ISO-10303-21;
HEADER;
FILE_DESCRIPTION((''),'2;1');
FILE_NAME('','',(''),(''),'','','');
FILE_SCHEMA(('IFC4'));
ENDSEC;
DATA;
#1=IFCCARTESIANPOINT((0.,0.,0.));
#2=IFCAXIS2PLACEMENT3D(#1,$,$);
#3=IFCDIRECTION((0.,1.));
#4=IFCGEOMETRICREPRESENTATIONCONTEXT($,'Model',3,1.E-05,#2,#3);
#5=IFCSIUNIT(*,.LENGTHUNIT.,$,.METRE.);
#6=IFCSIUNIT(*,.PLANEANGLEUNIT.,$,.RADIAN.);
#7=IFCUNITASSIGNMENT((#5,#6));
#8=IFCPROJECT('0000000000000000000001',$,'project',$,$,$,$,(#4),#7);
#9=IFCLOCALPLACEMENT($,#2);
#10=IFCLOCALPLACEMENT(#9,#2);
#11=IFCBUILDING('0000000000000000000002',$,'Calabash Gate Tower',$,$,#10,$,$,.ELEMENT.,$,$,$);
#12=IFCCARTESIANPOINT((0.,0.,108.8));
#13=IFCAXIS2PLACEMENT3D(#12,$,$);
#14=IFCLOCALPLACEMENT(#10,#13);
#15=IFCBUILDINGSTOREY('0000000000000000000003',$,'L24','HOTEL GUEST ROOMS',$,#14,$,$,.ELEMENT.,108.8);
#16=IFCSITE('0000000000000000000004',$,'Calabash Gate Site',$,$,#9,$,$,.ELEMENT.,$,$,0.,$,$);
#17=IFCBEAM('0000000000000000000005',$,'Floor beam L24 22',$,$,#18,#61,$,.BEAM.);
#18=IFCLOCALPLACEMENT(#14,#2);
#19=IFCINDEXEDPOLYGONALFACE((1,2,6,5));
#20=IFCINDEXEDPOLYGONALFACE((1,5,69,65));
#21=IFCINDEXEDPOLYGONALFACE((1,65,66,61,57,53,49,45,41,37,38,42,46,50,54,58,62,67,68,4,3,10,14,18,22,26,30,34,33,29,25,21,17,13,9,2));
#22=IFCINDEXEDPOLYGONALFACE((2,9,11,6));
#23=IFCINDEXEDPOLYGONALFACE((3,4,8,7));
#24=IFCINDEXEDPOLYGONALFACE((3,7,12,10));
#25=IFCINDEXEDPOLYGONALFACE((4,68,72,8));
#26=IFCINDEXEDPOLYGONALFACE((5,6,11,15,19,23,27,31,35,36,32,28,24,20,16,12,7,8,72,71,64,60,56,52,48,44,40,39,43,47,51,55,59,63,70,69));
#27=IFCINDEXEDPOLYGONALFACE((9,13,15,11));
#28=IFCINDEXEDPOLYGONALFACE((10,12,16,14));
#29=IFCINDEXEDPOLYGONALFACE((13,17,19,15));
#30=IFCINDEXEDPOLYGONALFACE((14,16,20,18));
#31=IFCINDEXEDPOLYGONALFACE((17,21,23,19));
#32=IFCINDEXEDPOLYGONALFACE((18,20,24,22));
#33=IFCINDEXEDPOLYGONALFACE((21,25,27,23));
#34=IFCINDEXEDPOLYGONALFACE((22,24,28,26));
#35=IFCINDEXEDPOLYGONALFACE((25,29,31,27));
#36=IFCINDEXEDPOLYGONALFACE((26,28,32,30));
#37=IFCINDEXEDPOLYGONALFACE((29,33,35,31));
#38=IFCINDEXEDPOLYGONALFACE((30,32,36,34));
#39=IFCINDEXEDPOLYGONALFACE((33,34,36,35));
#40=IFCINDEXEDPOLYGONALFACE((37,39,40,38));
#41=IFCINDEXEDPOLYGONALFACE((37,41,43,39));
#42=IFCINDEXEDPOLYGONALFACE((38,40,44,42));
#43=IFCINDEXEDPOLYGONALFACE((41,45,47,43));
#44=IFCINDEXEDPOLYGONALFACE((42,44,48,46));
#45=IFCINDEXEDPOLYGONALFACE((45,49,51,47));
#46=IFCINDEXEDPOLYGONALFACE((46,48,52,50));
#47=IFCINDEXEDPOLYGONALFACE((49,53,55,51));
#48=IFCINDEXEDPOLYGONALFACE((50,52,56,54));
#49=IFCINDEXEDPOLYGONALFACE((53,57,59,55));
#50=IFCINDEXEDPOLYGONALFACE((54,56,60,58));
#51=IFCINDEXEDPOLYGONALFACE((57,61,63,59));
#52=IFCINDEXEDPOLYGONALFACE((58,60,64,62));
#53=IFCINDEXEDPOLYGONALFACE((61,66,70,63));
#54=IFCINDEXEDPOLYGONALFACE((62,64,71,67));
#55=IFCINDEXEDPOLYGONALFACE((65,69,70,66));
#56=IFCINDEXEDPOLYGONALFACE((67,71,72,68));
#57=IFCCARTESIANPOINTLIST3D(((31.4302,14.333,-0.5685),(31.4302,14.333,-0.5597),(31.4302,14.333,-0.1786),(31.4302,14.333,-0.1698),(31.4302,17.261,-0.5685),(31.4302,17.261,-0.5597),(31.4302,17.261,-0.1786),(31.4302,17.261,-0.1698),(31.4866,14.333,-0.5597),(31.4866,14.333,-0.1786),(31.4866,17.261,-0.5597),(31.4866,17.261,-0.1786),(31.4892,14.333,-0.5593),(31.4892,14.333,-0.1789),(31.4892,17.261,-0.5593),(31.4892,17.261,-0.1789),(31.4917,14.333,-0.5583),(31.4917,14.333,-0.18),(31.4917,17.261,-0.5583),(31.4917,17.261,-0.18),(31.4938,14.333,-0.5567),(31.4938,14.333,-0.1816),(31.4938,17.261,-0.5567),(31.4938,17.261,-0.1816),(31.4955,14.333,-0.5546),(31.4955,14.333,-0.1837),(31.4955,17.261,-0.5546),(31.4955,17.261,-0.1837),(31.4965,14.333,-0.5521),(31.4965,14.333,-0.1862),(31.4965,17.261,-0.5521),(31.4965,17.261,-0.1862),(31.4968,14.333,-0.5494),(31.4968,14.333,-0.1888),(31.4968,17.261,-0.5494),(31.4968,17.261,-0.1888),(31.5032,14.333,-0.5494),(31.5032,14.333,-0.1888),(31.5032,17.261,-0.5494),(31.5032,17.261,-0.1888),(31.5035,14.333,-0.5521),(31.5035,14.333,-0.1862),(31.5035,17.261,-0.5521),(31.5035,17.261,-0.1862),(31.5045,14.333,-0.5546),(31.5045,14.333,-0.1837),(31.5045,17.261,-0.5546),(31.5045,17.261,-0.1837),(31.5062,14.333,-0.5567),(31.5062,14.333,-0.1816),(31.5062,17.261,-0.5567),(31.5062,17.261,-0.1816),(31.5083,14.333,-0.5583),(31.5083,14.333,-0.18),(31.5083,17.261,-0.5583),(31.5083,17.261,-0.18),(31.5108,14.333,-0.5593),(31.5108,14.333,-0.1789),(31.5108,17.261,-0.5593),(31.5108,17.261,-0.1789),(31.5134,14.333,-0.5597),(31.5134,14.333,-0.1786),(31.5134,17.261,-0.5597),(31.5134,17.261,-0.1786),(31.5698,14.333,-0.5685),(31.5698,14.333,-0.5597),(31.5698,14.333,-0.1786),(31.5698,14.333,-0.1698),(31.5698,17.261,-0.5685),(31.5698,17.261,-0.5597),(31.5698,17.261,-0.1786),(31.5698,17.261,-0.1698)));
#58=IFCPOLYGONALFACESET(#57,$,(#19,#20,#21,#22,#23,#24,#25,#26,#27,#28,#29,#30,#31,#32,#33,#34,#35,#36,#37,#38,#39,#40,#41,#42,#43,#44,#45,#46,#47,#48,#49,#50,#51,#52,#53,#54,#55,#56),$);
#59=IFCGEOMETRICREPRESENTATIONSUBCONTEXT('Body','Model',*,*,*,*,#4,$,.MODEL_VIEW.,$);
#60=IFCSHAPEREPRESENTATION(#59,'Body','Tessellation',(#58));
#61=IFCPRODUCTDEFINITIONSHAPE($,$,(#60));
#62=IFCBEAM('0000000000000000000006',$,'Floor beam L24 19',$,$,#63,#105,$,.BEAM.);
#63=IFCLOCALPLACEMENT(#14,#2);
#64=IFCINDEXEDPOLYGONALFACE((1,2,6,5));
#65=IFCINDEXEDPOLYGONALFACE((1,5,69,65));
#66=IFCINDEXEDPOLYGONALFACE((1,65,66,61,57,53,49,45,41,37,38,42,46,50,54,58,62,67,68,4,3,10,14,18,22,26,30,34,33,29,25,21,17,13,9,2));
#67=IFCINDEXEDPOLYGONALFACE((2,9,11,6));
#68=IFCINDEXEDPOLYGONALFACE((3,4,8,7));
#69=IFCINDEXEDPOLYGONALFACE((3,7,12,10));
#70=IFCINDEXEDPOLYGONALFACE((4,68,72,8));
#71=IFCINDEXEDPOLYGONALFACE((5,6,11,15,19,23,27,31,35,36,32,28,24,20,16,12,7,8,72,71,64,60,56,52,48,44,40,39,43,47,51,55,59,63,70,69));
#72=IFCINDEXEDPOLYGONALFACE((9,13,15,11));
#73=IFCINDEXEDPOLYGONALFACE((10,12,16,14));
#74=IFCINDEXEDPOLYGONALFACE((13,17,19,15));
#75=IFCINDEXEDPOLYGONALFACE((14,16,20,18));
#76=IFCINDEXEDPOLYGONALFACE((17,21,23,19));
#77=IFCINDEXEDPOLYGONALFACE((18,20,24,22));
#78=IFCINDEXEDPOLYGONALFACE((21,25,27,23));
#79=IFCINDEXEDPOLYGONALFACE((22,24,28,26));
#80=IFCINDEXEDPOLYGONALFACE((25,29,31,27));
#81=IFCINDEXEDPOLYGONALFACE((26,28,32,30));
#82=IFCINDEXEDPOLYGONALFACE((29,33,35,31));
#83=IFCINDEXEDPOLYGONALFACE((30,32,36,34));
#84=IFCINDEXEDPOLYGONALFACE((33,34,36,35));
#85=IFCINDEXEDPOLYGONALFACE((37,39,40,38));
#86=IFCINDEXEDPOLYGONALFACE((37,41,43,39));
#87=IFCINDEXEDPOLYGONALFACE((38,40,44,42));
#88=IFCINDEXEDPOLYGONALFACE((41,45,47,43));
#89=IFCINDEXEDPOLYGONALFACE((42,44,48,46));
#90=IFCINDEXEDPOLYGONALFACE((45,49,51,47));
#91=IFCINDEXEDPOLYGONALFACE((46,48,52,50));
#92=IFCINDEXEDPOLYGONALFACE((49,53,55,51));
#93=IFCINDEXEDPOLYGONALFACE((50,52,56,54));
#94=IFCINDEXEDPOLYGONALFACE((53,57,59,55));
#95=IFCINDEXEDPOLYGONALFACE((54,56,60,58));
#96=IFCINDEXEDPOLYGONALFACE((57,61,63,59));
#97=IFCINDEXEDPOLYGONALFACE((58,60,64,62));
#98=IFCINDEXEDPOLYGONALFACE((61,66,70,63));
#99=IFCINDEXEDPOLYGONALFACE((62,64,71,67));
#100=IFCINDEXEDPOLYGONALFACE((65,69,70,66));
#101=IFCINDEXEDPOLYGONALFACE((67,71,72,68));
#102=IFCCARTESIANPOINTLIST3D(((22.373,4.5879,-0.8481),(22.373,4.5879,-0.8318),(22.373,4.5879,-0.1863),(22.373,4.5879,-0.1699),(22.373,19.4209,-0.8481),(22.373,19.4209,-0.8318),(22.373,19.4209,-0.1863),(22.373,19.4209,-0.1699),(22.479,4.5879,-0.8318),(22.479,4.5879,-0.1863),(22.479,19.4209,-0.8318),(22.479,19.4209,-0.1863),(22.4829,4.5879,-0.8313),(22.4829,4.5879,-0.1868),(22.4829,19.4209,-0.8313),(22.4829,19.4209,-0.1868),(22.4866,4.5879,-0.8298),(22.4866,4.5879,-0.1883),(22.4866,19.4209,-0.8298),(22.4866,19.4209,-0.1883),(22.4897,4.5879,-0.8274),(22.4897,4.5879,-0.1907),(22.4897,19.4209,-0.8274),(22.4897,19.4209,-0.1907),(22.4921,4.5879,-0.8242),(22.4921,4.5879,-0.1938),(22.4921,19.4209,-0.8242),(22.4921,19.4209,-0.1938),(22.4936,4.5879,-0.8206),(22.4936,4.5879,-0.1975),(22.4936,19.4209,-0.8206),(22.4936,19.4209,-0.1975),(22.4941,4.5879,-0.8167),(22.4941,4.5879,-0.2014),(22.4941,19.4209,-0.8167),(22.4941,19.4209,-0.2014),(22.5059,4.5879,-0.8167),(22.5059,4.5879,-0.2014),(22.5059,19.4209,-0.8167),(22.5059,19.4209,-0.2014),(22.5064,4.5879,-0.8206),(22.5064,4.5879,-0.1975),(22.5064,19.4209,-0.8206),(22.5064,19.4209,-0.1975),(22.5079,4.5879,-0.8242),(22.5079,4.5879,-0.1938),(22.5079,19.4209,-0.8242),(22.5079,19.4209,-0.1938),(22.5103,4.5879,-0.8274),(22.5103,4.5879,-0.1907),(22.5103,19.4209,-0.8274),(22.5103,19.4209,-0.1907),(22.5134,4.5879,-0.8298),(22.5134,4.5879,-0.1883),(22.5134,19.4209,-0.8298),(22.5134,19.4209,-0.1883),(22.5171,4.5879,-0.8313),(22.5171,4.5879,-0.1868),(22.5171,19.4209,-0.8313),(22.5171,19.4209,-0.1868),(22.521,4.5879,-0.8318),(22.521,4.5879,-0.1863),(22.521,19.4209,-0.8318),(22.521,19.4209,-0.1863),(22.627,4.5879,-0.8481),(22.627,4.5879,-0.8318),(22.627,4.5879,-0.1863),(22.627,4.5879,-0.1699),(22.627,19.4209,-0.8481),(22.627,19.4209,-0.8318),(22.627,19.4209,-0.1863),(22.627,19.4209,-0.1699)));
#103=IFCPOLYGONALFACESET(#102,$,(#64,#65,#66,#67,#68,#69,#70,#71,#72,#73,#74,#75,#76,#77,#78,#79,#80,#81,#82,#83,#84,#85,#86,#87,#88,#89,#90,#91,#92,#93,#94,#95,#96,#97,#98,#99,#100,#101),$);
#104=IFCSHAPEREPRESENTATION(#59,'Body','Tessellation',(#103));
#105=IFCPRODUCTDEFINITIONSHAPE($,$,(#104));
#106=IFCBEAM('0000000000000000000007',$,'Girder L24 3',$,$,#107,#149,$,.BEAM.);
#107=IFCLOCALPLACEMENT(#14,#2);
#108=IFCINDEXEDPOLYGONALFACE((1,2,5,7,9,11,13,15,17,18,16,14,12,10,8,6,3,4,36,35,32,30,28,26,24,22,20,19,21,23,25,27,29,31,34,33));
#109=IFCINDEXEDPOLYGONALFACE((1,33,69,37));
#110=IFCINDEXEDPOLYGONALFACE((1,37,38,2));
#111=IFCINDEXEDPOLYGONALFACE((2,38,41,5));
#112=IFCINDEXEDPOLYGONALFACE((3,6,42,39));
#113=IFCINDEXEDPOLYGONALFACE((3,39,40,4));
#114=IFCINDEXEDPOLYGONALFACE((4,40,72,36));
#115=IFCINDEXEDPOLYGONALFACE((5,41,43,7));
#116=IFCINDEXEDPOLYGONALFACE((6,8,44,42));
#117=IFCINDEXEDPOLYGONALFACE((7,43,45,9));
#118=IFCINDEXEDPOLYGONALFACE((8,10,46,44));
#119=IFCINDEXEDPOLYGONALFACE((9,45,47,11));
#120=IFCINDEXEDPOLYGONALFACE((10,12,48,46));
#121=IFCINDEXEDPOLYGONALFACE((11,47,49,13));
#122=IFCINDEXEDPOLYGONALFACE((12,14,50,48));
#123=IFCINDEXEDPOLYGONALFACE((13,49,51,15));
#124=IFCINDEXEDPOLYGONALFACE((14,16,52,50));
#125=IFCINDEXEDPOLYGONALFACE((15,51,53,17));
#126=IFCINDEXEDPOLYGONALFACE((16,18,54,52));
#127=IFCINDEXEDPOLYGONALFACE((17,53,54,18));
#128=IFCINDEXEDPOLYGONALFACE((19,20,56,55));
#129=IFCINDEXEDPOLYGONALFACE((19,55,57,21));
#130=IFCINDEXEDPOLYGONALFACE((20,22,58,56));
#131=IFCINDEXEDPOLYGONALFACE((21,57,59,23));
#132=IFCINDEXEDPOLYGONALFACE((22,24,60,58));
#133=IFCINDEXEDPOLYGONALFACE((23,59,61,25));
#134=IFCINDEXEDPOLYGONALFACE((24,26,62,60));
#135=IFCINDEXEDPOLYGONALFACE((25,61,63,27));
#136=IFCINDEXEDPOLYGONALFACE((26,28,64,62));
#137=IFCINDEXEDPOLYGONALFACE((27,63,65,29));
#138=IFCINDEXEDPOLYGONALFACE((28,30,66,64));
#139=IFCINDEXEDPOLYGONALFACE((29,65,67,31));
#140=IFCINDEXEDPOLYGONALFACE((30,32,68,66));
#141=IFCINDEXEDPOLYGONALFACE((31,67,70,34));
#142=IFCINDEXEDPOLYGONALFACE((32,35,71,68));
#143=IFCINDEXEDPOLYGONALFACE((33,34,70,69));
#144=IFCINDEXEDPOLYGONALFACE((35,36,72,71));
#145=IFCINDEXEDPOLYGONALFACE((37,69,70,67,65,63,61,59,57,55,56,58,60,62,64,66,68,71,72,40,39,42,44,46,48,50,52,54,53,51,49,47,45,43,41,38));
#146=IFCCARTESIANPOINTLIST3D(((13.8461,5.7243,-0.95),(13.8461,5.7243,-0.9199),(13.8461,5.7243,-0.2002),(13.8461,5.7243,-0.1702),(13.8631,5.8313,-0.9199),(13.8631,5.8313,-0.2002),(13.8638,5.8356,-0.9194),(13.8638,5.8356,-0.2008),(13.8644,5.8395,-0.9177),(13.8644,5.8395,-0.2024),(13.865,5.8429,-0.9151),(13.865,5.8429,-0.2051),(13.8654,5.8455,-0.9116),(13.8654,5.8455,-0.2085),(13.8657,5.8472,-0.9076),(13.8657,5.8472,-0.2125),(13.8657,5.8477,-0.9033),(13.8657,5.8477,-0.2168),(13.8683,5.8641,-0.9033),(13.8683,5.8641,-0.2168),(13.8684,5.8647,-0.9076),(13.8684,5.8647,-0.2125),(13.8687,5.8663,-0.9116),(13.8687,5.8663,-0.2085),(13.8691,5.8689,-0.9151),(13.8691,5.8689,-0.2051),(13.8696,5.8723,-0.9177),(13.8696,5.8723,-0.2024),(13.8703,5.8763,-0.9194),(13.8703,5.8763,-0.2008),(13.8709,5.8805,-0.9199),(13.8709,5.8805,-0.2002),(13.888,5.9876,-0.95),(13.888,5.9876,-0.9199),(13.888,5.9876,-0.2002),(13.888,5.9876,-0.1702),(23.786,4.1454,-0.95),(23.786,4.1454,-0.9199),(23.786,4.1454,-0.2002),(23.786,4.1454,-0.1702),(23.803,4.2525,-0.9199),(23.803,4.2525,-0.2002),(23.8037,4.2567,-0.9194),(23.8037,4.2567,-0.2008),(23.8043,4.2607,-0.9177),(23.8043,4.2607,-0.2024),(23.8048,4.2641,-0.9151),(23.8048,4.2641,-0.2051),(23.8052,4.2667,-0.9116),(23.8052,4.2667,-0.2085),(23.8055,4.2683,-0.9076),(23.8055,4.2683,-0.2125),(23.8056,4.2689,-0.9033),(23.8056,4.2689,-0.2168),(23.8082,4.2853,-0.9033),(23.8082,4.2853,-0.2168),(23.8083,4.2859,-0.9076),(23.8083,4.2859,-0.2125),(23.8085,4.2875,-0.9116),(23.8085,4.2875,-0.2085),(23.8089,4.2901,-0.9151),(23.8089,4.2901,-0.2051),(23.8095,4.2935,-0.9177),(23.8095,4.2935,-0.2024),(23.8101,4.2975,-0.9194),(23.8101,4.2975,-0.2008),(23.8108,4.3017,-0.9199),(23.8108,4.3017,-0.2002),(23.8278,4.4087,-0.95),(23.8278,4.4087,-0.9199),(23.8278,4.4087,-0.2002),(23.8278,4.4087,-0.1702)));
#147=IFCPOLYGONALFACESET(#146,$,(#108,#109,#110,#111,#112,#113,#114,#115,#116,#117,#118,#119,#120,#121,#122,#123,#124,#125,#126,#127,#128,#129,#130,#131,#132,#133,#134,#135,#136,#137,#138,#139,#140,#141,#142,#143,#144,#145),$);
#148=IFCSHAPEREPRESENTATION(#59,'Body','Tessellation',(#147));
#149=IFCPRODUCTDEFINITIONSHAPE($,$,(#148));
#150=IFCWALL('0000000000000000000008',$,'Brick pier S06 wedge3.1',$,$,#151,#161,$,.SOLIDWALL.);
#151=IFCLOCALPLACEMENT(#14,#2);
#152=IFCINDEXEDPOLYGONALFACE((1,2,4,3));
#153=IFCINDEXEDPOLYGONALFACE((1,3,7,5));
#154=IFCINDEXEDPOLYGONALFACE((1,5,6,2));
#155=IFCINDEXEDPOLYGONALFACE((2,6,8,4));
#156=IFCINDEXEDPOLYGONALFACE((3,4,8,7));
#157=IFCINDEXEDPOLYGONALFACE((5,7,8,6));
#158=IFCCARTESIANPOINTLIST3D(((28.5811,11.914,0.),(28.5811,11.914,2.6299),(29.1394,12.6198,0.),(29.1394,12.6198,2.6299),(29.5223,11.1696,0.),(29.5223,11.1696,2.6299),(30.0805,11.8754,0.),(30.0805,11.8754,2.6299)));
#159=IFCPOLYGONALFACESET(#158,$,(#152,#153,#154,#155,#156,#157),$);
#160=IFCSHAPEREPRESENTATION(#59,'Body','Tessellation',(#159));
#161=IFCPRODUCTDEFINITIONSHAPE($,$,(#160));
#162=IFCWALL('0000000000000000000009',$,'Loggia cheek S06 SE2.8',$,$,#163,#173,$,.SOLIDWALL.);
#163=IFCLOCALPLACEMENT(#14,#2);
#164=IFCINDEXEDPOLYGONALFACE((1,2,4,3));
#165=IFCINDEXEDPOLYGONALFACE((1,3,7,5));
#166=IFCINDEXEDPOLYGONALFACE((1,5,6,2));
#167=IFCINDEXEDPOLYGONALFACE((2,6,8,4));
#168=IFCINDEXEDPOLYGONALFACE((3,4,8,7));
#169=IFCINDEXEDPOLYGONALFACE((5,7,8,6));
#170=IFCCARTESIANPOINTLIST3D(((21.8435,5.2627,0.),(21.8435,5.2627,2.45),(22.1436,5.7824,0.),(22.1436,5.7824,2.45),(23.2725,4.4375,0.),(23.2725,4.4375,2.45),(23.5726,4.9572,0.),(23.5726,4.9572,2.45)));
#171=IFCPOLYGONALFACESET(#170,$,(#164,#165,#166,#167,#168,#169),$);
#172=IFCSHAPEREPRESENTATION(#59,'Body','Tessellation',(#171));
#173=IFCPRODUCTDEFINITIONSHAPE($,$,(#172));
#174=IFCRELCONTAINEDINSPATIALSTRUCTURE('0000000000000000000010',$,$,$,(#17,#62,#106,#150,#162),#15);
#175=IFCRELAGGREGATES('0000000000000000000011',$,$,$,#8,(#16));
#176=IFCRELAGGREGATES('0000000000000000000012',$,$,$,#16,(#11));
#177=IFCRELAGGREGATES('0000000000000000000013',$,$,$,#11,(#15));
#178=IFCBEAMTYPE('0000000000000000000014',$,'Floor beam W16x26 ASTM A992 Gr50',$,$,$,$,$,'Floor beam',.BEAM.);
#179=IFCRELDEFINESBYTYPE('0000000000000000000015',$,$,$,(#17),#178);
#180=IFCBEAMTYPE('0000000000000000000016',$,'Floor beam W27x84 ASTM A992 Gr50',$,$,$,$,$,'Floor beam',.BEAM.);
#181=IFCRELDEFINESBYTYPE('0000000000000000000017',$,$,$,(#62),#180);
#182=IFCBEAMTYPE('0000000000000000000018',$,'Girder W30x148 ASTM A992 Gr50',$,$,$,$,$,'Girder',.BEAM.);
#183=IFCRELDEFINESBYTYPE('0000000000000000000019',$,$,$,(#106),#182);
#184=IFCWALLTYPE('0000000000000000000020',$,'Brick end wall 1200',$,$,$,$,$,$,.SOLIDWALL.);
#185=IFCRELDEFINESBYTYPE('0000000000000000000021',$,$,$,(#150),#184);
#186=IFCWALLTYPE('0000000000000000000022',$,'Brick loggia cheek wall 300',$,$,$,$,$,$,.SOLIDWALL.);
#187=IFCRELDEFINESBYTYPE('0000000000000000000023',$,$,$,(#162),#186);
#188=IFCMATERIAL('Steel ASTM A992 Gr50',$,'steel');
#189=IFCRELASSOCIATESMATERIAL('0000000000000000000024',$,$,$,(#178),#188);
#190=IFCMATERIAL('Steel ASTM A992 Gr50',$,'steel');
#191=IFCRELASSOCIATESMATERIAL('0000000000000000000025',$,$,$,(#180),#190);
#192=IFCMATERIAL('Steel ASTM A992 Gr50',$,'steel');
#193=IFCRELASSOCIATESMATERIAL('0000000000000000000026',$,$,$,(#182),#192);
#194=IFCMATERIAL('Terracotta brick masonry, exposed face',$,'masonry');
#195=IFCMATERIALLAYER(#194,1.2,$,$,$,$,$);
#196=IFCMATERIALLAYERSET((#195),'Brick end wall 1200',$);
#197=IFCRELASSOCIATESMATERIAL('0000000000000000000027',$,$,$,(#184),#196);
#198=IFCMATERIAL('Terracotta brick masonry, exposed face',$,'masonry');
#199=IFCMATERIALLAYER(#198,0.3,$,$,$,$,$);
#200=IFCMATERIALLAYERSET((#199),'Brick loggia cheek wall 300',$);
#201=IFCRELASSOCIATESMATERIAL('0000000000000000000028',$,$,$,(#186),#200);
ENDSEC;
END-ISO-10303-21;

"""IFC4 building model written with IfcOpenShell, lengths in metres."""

from ifc_helpers import new_model, si_unit, direction, frame, frame_2d, origin, origin_2d, place, context, subcontext, project, spatial, rectangle, i_section, extrude, material, layer, layer_set, material_profile, profile_set, type_object, element, save


model = new_model("IFC4")

# Units and contexts
model_context = context("Model", 3, precision=1e-05, world=origin(), true_north=direction((0.0, 1.0)))
body_context = subcontext(model_context, "Body", "Model", "MODEL_VIEW")
ifc_project = project(units=[si_unit("LENGTHUNIT", "METRE"), si_unit("PLANEANGLEUNIT", "RADIAN")], contexts=[model_context])

# Site, building, storey
site_placement = place(None, origin())
site = spatial("IfcSite", under=ifc_project, at=site_placement, Name="Calabash Gate Site", CompositionType="ELEMENT", RefElevation=0.0)
building_placement = place(site_placement, origin())
building = spatial("IfcBuilding", under=site, at=building_placement, Name="Calabash Gate Tower", CompositionType="ELEMENT")
storey_placement = place(building_placement, frame((0.0, 0.0, 108.8)))
storey = spatial("IfcBuildingStorey", under=building, at=storey_placement, Name="L24", Description="HOTEL GUEST ROOMS", CompositionType="ELEMENT", Elevation=108.8)

# Beams
ifc_material_1 = material(Name="Steel ASTM A992 Gr50", Category="steel")
ifc_material_profile_1 = material_profile(ifc_material_1, i_section(OverallWidth=0.1396, OverallDepth=0.3987, WebThickness=0.0063, FlangeThickness=0.0088, FilletRadius=0.0103, at=origin_2d()))
ifc_profile_set_1 = profile_set([ifc_material_profile_1], Name="Steel ASTM A992 Gr50")
beam_type_1 = type_object("IfcBeamType", Name="Floor beam W16x26 ASTM A992 Gr50", ElementType="Floor beam", PredefinedType="BEAM", material=ifc_profile_set_1)
beam_1_placement = place(storey_placement, frame((31.5, 14.333, -0.3691), z_axis=(0.0, 1.0, 0.0), x_axis=(-1.0, 0.0, 0.0)))
element("IfcBeam", 1, at=beam_1_placement, inside=storey, type_object=beam_type_1, Name="Floor beam L24 22", PredefinedType="BEAM", context=body_context, shape_type="SweptSolid", body=[
    extrude(i_section(OverallWidth=0.1396, OverallDepth=0.3987, WebThickness=0.0063, FlangeThickness=0.0088, FilletRadius=0.0103, at=origin_2d()), origin(), (0.0, 0.0, 1.0), 2.928),
])
ifc_material_2 = material(Name="Steel ASTM A992 Gr50", Category="steel")
ifc_material_profile_2 = material_profile(ifc_material_2, i_section(OverallWidth=0.2539, OverallDepth=0.6782, WebThickness=0.0117, FlangeThickness=0.0164, FilletRadius=0.0151, at=origin_2d()))
ifc_profile_set_2 = profile_set([ifc_material_profile_2], Name="Steel ASTM A992 Gr50")
beam_type_2 = type_object("IfcBeamType", Name="Floor beam W27x84 ASTM A992 Gr50", ElementType="Floor beam", PredefinedType="BEAM", material=ifc_profile_set_2)
beam_2_placement = place(storey_placement, frame((22.5, 4.5879, -0.509), z_axis=(0.0, 1.0, 0.0), x_axis=(-1.0, 0.0, 0.0)))
element("IfcBeam", 2, at=beam_2_placement, inside=storey, type_object=beam_type_2, Name="Floor beam L24 19", PredefinedType="BEAM", context=body_context, shape_type="SweptSolid", body=[
    extrude(i_section(OverallWidth=0.2539, OverallDepth=0.6782, WebThickness=0.0117, FlangeThickness=0.0164, FilletRadius=0.0151, at=origin_2d()), origin(), (0.0, 0.0, 1.0), 14.833),
])
ifc_material_3 = material(Name="Steel ASTM A992 Gr50", Category="steel")
ifc_material_profile_3 = material_profile(ifc_material_3, i_section(OverallWidth=0.2666, OverallDepth=0.7798, WebThickness=0.0166, FlangeThickness=0.03, FilletRadius=0.0166, at=origin_2d()))
ifc_profile_set_3 = profile_set([ifc_material_profile_3], Name="Steel ASTM A992 Gr50")
beam_type_3 = type_object("IfcBeamType", Name="Girder W30x148 ASTM A992 Gr50", ElementType="Girder", PredefinedType="BEAM", material=ifc_profile_set_3)
beam_3_placement = place(storey_placement, frame((23.8069, 4.2771, -0.5601), z_axis=(-0.987619, 0.156873, 0.0), x_axis=(-0.156873, -0.987619, 0.0)))
element("IfcBeam", 3, at=beam_3_placement, inside=storey, type_object=beam_type_3, Name="Girder L24 3", PredefinedType="BEAM", context=body_context, shape_type="SweptSolid", body=[
    extrude(i_section(OverallWidth=0.2666, OverallDepth=0.7798, WebThickness=0.0166, FlangeThickness=0.03, FilletRadius=0.0166, at=origin_2d()), origin(), (0.0, 0.0, 1.0), 10.0645),
])

# Walls
ifc_material_4 = material(Name="Terracotta brick masonry, exposed face", Category="masonry")
ifc_layer_1 = layer(ifc_material_4, 1.2)
ifc_layer_set_1 = layer_set([ifc_layer_1], Name="Brick end wall 1200")
wall_type_1 = type_object("IfcWallType", Name="Brick end wall 1200", PredefinedType="SOLIDWALL", material=ifc_layer_set_1)
wall_1_placement = place(storey_placement, frame((29.8015, 11.5225, 0.0), z_axis=(0.0, 0.0, 1.0), x_axis=(-0.78433, 0.620343, 0.0)))
element("IfcWall", 4, at=wall_1_placement, inside=storey, type_object=wall_type_1, Name="Brick pier S06 wedge3.1", PredefinedType="SOLIDWALL", context=body_context, shape_type="SweptSolid", body=[
    extrude(rectangle(XDim=1.2, YDim=0.8999, at=frame_2d((0.6001, 0.0))), origin(), (0.0, 0.0, 1.0), 2.6299),
])
ifc_material_5 = material(Name="Terracotta brick masonry, exposed face", Category="masonry")
ifc_layer_2 = layer(ifc_material_5, 0.3)
ifc_layer_set_2 = layer_set([ifc_layer_2], Name="Brick loggia cheek wall 300")
wall_type_2 = type_object("IfcWallType", Name="Brick loggia cheek wall 300", PredefinedType="SOLIDWALL", material=ifc_layer_set_2)
wall_2_placement = place(storey_placement, frame((23.4226, 4.6973, 0.0), z_axis=(0.0, 0.0, 1.0), x_axis=(-0.865976, 0.500085, 0.0)))
element("IfcWall", 5, at=wall_2_placement, inside=storey, type_object=wall_type_2, Name="Loggia cheek S06 SE2.8", PredefinedType="SOLIDWALL", context=body_context, shape_type="SweptSolid", body=[
    extrude(rectangle(XDim=1.6501, YDim=0.6001, at=frame_2d((0.8252, 0.0))), origin(), (0.0, 0.0, 1.0), 2.45),
])

save(model, "model.ifc")
